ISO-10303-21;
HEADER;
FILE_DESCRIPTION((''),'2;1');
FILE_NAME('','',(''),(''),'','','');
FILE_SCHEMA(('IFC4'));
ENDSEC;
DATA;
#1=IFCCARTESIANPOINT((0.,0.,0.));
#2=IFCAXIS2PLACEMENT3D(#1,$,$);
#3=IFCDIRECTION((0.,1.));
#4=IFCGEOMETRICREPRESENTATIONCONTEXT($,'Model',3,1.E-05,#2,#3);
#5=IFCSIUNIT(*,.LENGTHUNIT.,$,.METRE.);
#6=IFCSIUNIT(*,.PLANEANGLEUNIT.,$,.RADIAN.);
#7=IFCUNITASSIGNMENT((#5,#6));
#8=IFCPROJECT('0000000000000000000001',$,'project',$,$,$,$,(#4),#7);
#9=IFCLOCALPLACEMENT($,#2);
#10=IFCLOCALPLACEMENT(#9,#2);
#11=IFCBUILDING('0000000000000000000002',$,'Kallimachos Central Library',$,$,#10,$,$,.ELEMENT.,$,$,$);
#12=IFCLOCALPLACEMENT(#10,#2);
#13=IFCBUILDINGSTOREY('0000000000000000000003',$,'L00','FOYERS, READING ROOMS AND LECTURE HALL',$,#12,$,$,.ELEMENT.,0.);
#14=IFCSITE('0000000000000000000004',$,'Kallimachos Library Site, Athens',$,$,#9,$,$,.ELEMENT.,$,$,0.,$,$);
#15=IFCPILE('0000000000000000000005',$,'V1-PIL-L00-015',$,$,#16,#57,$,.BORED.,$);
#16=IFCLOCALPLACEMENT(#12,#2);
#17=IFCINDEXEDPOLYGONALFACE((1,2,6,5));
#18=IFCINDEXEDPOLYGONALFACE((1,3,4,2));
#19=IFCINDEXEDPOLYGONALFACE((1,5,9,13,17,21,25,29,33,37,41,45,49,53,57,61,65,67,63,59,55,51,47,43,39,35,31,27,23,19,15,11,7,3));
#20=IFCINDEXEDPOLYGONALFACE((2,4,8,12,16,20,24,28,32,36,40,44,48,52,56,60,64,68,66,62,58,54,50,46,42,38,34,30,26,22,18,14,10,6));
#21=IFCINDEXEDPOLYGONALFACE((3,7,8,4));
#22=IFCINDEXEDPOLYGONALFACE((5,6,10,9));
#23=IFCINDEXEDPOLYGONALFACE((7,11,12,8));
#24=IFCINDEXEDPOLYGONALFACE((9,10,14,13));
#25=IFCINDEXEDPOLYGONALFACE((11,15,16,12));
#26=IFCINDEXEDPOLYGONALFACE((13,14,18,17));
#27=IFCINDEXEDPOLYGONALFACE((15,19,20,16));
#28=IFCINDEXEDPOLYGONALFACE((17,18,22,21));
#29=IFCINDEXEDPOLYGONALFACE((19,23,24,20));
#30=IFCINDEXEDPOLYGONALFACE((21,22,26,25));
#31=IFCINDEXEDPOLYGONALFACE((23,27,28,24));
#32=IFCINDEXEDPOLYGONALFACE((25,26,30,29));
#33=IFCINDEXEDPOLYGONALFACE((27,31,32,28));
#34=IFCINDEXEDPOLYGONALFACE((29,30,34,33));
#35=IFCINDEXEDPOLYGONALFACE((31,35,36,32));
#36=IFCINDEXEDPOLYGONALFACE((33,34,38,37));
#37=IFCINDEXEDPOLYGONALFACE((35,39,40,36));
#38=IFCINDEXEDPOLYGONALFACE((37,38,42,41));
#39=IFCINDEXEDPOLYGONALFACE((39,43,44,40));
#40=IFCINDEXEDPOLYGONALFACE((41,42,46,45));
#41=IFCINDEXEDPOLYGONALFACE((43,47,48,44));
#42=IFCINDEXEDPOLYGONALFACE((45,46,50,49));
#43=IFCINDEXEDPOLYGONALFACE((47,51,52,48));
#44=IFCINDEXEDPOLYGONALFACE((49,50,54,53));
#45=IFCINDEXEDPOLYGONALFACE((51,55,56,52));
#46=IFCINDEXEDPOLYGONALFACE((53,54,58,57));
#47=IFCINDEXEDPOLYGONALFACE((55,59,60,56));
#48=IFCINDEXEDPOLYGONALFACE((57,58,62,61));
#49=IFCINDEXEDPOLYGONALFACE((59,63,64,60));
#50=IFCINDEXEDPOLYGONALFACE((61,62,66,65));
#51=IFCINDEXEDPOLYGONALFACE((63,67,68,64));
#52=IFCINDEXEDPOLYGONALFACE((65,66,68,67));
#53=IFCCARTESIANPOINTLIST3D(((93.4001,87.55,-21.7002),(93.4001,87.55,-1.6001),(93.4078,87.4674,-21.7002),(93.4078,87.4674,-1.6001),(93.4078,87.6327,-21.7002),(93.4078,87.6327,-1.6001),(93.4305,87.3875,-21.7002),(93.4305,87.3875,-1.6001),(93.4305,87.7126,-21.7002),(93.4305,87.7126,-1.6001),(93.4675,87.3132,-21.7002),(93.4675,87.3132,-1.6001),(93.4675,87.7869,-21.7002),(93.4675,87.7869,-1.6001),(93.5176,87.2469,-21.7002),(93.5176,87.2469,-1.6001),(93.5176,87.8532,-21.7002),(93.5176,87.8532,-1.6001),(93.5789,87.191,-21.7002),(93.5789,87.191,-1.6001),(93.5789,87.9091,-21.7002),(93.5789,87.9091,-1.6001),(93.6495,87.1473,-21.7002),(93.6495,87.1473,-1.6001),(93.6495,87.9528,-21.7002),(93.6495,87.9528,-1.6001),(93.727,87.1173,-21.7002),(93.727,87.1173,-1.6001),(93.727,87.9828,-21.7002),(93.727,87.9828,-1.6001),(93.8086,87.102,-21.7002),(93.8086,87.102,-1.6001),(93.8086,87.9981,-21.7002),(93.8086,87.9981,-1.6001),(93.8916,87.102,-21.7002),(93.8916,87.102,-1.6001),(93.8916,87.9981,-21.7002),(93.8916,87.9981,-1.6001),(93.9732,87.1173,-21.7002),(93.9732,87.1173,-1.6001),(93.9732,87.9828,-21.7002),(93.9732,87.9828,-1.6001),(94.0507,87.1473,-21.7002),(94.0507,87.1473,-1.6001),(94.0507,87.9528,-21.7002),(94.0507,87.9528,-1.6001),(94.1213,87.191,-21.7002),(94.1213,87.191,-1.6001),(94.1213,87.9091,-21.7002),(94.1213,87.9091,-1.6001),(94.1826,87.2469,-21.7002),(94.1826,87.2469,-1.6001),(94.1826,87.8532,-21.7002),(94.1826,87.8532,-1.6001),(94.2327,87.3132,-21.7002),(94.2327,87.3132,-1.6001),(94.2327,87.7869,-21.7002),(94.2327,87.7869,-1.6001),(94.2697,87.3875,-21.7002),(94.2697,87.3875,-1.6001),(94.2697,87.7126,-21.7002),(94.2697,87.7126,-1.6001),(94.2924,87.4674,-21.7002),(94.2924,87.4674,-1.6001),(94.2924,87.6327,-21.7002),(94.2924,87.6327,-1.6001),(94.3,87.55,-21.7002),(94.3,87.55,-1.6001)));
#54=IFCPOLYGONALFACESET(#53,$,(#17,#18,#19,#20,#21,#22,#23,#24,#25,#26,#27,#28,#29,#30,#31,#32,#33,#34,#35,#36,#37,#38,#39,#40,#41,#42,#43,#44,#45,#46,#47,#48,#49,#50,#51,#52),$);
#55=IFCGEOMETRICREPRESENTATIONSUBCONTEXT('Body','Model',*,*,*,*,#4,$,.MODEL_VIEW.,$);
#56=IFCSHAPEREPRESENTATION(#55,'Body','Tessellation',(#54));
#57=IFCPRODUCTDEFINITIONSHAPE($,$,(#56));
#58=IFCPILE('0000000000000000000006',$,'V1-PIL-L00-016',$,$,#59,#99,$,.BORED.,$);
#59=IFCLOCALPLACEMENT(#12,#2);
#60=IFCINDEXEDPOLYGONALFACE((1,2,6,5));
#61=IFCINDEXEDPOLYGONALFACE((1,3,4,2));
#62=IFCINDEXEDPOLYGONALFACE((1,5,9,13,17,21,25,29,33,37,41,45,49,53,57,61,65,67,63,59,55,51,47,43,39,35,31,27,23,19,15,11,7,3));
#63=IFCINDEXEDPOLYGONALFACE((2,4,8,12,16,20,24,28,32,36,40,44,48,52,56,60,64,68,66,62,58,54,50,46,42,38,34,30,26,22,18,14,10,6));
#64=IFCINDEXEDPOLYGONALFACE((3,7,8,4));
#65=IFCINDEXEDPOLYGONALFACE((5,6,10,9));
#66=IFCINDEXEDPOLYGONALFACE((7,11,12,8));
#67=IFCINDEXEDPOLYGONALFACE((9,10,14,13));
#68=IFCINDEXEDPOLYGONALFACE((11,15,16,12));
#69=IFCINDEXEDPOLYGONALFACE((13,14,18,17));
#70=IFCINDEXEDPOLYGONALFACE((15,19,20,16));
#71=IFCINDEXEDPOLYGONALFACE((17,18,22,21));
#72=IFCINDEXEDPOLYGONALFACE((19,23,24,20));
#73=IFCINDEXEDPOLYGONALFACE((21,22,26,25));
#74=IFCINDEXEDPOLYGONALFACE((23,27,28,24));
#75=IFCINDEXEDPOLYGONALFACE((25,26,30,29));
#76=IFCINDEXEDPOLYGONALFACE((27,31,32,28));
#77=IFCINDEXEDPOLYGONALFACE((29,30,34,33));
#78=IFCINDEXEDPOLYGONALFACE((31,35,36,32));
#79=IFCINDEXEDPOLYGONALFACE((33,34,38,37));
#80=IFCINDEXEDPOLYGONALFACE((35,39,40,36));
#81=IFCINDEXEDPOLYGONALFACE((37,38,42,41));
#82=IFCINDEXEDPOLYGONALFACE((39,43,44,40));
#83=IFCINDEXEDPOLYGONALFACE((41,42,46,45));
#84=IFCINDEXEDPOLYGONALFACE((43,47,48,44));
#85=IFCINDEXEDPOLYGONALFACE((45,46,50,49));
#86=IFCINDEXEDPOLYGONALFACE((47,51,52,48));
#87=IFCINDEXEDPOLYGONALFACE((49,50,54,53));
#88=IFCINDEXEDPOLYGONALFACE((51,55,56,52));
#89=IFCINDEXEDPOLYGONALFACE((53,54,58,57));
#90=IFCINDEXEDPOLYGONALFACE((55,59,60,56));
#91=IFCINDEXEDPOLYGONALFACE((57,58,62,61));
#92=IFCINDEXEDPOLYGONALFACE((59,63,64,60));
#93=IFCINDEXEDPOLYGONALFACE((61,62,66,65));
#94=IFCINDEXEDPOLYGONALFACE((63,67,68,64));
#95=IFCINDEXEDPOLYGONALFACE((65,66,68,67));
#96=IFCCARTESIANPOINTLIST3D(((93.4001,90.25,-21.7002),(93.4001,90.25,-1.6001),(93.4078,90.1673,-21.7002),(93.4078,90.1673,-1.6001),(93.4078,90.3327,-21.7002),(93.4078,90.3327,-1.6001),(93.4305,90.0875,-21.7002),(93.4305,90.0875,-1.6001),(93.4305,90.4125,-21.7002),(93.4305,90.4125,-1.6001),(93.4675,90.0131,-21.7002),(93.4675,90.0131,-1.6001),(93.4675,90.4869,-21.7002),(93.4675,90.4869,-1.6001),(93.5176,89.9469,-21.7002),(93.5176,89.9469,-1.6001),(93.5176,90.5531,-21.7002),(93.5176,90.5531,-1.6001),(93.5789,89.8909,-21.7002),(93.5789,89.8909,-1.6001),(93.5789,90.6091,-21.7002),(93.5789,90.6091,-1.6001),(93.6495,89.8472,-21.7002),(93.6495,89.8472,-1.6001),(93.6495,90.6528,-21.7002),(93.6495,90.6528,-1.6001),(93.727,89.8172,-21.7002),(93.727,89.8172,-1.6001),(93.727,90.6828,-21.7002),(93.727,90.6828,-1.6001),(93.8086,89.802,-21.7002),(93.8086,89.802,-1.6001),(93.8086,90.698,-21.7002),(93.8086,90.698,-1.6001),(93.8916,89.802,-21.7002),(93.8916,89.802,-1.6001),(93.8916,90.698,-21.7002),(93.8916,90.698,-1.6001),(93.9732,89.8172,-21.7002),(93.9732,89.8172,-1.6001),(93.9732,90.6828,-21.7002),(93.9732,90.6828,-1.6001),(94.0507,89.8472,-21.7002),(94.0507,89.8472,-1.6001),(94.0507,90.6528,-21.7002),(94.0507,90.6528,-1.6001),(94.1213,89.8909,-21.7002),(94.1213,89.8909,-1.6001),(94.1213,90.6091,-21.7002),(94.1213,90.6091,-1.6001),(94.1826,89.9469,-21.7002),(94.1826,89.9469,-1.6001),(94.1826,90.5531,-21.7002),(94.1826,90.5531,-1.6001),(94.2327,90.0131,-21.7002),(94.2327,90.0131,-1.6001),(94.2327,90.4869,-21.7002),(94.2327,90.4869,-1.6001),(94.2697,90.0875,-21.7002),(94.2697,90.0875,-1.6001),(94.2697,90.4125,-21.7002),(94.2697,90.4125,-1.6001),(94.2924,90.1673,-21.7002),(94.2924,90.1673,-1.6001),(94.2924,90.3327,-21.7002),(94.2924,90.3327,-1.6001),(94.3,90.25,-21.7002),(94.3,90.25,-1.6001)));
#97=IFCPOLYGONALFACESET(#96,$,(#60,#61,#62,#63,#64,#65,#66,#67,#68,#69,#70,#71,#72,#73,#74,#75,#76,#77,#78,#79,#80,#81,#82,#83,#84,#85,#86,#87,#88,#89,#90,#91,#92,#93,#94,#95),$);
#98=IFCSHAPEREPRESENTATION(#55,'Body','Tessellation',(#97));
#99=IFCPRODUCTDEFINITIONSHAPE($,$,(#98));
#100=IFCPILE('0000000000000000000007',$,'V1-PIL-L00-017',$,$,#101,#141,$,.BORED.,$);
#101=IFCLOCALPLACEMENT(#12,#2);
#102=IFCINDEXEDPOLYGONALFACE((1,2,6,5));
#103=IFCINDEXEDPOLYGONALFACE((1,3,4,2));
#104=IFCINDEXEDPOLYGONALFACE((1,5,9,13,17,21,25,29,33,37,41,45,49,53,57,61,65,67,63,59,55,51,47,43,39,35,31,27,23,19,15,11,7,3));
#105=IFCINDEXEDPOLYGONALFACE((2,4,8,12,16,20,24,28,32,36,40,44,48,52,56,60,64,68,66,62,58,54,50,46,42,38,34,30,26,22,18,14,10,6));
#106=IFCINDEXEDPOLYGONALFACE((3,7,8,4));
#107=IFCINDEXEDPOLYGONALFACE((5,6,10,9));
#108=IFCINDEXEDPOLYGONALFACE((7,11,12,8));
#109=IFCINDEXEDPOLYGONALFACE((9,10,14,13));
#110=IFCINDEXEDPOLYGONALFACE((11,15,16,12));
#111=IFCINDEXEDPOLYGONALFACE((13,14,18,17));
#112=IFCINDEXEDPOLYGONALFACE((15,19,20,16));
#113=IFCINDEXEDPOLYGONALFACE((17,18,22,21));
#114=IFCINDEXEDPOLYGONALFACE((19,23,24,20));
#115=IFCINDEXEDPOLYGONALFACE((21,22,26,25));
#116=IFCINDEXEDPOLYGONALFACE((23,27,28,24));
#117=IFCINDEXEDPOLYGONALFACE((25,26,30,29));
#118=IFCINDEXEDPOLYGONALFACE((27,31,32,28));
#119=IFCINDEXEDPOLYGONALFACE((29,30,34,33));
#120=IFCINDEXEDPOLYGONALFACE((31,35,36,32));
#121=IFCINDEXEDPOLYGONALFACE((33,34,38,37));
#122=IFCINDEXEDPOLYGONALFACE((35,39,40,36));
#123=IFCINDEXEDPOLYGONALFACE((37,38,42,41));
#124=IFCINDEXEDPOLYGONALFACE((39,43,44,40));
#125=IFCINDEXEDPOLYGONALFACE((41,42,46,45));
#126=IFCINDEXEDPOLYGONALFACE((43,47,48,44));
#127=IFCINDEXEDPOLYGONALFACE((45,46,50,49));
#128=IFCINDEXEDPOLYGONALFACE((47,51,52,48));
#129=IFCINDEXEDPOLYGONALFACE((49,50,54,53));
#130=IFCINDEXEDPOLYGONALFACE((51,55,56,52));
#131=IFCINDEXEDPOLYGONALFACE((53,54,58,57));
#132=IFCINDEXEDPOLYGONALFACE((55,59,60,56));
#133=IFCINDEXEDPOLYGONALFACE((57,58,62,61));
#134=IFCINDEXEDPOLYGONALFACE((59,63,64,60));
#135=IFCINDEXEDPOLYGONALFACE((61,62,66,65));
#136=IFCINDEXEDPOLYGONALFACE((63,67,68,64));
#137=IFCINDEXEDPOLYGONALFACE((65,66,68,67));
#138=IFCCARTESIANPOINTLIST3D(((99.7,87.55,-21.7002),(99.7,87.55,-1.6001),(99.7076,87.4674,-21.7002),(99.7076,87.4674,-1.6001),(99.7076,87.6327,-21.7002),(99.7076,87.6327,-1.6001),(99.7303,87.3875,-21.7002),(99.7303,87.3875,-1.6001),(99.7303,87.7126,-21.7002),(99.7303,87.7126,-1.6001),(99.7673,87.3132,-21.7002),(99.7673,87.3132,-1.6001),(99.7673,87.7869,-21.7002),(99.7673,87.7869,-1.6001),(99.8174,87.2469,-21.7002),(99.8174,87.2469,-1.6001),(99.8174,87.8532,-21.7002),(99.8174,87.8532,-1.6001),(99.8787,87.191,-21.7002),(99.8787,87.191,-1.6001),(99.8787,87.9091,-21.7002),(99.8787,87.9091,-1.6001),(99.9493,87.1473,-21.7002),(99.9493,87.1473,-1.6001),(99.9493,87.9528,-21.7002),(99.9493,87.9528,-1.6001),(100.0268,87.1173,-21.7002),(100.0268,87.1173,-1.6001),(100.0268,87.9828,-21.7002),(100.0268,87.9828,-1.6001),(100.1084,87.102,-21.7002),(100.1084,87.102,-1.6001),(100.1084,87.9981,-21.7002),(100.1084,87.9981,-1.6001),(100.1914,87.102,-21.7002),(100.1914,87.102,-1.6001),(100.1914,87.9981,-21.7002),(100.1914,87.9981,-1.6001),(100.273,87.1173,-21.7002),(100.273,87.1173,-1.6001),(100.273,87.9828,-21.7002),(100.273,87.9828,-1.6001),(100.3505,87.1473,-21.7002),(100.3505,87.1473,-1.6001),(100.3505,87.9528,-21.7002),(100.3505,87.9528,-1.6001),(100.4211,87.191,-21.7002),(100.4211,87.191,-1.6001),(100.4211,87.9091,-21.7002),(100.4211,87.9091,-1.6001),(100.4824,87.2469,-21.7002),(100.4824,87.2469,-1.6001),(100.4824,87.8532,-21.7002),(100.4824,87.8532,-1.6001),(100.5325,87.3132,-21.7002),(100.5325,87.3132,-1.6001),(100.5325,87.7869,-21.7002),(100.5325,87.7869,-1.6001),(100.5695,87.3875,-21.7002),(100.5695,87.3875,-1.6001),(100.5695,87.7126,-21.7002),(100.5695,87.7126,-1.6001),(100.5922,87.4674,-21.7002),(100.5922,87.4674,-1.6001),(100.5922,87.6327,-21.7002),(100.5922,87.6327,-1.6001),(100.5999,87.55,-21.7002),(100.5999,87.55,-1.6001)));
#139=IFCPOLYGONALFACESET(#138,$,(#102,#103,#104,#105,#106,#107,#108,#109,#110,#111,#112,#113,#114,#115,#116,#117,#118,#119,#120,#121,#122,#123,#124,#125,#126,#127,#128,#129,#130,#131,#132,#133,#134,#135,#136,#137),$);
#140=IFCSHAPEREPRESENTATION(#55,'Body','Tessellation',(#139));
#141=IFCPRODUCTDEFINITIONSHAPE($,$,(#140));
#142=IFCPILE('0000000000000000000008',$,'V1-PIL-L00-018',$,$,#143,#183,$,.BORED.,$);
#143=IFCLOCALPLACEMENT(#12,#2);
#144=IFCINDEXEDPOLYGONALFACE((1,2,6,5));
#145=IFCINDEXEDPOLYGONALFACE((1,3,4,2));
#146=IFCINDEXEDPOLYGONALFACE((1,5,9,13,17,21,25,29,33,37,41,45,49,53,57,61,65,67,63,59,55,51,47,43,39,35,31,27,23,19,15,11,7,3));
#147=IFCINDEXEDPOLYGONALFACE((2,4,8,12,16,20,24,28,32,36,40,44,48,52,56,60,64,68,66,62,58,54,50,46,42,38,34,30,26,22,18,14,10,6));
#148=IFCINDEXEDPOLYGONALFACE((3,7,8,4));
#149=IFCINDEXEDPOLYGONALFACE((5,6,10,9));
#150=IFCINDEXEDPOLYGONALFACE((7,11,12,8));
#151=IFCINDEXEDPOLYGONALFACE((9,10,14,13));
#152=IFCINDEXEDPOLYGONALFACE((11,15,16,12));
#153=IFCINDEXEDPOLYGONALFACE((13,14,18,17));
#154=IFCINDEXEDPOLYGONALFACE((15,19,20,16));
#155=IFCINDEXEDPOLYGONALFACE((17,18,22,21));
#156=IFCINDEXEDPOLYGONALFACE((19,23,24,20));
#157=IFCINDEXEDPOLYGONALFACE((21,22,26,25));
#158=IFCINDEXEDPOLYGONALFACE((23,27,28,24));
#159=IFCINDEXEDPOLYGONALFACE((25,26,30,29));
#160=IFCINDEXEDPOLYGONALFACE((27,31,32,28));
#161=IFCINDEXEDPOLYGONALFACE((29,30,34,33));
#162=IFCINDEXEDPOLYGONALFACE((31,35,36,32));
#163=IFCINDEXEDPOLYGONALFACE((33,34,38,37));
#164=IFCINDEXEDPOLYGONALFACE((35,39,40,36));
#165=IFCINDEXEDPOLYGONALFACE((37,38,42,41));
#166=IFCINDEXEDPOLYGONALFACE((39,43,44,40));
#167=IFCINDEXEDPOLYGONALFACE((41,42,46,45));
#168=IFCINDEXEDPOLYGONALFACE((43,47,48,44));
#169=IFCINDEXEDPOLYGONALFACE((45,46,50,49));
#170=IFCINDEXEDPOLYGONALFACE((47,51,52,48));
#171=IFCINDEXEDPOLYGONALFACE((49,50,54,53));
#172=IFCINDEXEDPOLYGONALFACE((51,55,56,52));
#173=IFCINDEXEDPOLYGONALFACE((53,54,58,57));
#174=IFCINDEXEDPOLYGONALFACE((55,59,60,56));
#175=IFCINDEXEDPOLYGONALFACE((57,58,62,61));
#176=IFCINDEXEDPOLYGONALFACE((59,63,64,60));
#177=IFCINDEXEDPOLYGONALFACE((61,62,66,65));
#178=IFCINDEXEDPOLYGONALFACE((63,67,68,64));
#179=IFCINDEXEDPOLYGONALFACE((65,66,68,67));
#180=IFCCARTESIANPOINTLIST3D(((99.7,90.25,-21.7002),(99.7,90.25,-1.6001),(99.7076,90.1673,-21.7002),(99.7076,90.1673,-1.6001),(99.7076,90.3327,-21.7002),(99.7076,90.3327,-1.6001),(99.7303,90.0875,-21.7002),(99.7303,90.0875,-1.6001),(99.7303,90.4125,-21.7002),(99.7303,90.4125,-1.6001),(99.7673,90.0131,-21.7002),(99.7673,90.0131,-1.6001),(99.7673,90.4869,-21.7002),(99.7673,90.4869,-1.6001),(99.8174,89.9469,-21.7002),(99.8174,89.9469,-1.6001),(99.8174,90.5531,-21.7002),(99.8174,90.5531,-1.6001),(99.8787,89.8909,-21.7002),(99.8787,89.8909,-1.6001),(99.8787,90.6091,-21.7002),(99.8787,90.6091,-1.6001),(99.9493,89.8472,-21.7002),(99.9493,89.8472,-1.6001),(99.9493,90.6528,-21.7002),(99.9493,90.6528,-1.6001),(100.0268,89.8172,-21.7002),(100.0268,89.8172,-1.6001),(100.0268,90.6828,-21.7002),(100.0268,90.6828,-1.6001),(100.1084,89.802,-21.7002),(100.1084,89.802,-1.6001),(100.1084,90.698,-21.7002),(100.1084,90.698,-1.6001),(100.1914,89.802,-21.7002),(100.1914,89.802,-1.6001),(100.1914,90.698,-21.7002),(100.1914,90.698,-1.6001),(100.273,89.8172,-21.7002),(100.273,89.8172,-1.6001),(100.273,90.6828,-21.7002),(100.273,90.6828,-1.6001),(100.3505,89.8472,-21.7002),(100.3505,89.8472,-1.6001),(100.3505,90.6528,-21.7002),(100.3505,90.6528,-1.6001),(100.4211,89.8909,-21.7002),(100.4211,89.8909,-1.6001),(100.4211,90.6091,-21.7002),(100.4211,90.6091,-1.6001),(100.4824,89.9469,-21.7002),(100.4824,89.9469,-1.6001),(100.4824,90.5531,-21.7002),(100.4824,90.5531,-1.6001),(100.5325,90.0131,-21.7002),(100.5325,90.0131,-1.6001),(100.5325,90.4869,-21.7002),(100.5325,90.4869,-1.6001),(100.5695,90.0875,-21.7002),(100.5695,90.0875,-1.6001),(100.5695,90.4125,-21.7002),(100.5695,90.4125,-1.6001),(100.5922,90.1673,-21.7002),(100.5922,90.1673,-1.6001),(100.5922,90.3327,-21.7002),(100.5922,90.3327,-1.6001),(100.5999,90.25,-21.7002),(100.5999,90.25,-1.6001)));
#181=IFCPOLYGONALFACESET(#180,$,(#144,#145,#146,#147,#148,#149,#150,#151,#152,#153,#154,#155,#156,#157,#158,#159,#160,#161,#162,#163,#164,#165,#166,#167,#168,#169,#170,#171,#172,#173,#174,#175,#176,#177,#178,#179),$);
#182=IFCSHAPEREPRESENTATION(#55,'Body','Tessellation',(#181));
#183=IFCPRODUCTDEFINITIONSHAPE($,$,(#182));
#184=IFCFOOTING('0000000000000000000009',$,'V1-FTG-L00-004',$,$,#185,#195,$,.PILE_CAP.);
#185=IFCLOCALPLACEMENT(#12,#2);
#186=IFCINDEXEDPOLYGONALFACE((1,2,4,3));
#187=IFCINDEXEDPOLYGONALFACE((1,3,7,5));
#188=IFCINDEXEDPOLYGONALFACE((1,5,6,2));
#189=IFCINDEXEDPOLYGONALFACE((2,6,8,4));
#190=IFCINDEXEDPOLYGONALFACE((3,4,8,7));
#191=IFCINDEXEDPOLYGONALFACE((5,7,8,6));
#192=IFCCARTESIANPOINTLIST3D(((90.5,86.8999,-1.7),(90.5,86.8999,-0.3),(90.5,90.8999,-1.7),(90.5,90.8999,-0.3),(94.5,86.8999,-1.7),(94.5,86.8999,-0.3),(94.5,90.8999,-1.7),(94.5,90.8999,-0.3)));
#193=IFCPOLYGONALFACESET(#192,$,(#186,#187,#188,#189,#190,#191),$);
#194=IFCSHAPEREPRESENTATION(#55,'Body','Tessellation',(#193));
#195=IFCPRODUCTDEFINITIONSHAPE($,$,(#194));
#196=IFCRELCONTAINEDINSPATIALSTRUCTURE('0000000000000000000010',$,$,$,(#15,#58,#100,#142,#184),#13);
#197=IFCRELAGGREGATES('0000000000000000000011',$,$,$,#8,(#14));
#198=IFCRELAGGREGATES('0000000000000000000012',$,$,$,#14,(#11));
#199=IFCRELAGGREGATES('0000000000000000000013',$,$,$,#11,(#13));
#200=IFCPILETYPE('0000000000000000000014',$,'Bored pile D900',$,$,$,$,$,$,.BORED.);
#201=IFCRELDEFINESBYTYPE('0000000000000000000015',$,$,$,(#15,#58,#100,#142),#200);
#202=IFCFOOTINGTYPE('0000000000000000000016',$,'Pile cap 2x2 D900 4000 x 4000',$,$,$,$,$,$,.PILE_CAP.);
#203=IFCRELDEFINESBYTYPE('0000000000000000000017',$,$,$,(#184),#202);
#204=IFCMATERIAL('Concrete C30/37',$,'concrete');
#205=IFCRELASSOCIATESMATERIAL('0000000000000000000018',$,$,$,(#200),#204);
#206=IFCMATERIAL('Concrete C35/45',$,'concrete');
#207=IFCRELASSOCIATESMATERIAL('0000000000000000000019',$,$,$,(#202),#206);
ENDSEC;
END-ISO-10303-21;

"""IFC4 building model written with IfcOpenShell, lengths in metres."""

from ifc_helpers import new_model, si_unit, direction, frame, origin, origin_2d, place, context, subcontext, project, spatial, rectangle, circle, extrude, material, type_object, element, save


model = new_model("IFC4")

# Units and contexts
model_context = context("Model", 3, precision=1e-05, world=origin(), true_north=direction((0.0, 1.0)))
body_context = subcontext(model_context, "Body", "Model", "MODEL_VIEW")
ifc_project = project(units=[si_unit("LENGTHUNIT", "METRE"), si_unit("PLANEANGLEUNIT", "RADIAN")], contexts=[model_context])

# Site, building, storey
site_placement = place(None, origin())
site = spatial("IfcSite", under=ifc_project, at=site_placement, Name="Kallimachos Library Site, Athens", CompositionType="ELEMENT", RefElevation=0.0)
building_placement = place(site_placement, origin())
building = spatial("IfcBuilding", under=site, at=building_placement, Name="Kallimachos Central Library", CompositionType="ELEMENT")
storey_placement = place(building_placement, origin())
storey = spatial("IfcBuildingStorey", under=building, at=storey_placement, Name="L00", Description="FOYERS, READING ROOMS AND LECTURE HALL", CompositionType="ELEMENT", Elevation=0.0)

# Piles
ifc_material_1 = material(Name="Concrete C30/37", Category="concrete")
pile_type = type_object("IfcPileType", Name="Bored pile D900", PredefinedType="BORED", material=ifc_material_1)
for number, where, z_axis, x_axis, name in (
    (1, (93.8501, 87.55, -1.6001), (0.0, 0.0, -1.0), (1.0, 0.0, 0.0), "V1-PIL-L00-015"),
    (2, (93.8501, 90.25, -1.6001), (0.0, 0.0, -1.0), (1.0, 0.0, 0.0), "V1-PIL-L00-016"),
    (3, (100.1499, 87.55, -1.6001), (0.0, 0.0, -1.0), (1.0, 0.0, 0.0), "V1-PIL-L00-017"),
    (4, (100.1499, 90.25, -1.6001), (0.0, 0.0, -1.0), (1.0, 0.0, 0.0), "V1-PIL-L00-018"),
):
    element("IfcPile", number, at=place(storey_placement, frame(where, z_axis=z_axis, x_axis=x_axis)), inside=storey, type_object=pile_type, Name=name, PredefinedType="BORED", context=body_context, shape_type="SweptSolid", body=[
        extrude(circle(Radius=0.45, at=origin_2d()), origin(), (0.0, 0.0, 1.0), 20.1001),
    ])

# Footing
ifc_material_2 = material(Name="Concrete C35/45", Category="concrete")
footing_type = type_object("IfcFootingType", Name="Pile cap 2x2 D900 4000 x 4000", PredefinedType="PILE_CAP", material=ifc_material_2)
footing_placement = place(storey_placement, frame((92.5, 88.8999, -1.7), z_axis=(0.0, 0.0, 1.0), x_axis=(1.0, 0.0, 0.0)))
element("IfcFooting", 5, at=footing_placement, inside=storey, type_object=footing_type, Name="V1-FTG-L00-004", PredefinedType="PILE_CAP", context=body_context, shape_type="SweptSolid", body=[
    extrude(rectangle(XDim=4.0, YDim=4.0, at=origin_2d()), origin(), (0.0, 0.0, 1.0), 1.3999),
])

save(model, "model.ifc")
